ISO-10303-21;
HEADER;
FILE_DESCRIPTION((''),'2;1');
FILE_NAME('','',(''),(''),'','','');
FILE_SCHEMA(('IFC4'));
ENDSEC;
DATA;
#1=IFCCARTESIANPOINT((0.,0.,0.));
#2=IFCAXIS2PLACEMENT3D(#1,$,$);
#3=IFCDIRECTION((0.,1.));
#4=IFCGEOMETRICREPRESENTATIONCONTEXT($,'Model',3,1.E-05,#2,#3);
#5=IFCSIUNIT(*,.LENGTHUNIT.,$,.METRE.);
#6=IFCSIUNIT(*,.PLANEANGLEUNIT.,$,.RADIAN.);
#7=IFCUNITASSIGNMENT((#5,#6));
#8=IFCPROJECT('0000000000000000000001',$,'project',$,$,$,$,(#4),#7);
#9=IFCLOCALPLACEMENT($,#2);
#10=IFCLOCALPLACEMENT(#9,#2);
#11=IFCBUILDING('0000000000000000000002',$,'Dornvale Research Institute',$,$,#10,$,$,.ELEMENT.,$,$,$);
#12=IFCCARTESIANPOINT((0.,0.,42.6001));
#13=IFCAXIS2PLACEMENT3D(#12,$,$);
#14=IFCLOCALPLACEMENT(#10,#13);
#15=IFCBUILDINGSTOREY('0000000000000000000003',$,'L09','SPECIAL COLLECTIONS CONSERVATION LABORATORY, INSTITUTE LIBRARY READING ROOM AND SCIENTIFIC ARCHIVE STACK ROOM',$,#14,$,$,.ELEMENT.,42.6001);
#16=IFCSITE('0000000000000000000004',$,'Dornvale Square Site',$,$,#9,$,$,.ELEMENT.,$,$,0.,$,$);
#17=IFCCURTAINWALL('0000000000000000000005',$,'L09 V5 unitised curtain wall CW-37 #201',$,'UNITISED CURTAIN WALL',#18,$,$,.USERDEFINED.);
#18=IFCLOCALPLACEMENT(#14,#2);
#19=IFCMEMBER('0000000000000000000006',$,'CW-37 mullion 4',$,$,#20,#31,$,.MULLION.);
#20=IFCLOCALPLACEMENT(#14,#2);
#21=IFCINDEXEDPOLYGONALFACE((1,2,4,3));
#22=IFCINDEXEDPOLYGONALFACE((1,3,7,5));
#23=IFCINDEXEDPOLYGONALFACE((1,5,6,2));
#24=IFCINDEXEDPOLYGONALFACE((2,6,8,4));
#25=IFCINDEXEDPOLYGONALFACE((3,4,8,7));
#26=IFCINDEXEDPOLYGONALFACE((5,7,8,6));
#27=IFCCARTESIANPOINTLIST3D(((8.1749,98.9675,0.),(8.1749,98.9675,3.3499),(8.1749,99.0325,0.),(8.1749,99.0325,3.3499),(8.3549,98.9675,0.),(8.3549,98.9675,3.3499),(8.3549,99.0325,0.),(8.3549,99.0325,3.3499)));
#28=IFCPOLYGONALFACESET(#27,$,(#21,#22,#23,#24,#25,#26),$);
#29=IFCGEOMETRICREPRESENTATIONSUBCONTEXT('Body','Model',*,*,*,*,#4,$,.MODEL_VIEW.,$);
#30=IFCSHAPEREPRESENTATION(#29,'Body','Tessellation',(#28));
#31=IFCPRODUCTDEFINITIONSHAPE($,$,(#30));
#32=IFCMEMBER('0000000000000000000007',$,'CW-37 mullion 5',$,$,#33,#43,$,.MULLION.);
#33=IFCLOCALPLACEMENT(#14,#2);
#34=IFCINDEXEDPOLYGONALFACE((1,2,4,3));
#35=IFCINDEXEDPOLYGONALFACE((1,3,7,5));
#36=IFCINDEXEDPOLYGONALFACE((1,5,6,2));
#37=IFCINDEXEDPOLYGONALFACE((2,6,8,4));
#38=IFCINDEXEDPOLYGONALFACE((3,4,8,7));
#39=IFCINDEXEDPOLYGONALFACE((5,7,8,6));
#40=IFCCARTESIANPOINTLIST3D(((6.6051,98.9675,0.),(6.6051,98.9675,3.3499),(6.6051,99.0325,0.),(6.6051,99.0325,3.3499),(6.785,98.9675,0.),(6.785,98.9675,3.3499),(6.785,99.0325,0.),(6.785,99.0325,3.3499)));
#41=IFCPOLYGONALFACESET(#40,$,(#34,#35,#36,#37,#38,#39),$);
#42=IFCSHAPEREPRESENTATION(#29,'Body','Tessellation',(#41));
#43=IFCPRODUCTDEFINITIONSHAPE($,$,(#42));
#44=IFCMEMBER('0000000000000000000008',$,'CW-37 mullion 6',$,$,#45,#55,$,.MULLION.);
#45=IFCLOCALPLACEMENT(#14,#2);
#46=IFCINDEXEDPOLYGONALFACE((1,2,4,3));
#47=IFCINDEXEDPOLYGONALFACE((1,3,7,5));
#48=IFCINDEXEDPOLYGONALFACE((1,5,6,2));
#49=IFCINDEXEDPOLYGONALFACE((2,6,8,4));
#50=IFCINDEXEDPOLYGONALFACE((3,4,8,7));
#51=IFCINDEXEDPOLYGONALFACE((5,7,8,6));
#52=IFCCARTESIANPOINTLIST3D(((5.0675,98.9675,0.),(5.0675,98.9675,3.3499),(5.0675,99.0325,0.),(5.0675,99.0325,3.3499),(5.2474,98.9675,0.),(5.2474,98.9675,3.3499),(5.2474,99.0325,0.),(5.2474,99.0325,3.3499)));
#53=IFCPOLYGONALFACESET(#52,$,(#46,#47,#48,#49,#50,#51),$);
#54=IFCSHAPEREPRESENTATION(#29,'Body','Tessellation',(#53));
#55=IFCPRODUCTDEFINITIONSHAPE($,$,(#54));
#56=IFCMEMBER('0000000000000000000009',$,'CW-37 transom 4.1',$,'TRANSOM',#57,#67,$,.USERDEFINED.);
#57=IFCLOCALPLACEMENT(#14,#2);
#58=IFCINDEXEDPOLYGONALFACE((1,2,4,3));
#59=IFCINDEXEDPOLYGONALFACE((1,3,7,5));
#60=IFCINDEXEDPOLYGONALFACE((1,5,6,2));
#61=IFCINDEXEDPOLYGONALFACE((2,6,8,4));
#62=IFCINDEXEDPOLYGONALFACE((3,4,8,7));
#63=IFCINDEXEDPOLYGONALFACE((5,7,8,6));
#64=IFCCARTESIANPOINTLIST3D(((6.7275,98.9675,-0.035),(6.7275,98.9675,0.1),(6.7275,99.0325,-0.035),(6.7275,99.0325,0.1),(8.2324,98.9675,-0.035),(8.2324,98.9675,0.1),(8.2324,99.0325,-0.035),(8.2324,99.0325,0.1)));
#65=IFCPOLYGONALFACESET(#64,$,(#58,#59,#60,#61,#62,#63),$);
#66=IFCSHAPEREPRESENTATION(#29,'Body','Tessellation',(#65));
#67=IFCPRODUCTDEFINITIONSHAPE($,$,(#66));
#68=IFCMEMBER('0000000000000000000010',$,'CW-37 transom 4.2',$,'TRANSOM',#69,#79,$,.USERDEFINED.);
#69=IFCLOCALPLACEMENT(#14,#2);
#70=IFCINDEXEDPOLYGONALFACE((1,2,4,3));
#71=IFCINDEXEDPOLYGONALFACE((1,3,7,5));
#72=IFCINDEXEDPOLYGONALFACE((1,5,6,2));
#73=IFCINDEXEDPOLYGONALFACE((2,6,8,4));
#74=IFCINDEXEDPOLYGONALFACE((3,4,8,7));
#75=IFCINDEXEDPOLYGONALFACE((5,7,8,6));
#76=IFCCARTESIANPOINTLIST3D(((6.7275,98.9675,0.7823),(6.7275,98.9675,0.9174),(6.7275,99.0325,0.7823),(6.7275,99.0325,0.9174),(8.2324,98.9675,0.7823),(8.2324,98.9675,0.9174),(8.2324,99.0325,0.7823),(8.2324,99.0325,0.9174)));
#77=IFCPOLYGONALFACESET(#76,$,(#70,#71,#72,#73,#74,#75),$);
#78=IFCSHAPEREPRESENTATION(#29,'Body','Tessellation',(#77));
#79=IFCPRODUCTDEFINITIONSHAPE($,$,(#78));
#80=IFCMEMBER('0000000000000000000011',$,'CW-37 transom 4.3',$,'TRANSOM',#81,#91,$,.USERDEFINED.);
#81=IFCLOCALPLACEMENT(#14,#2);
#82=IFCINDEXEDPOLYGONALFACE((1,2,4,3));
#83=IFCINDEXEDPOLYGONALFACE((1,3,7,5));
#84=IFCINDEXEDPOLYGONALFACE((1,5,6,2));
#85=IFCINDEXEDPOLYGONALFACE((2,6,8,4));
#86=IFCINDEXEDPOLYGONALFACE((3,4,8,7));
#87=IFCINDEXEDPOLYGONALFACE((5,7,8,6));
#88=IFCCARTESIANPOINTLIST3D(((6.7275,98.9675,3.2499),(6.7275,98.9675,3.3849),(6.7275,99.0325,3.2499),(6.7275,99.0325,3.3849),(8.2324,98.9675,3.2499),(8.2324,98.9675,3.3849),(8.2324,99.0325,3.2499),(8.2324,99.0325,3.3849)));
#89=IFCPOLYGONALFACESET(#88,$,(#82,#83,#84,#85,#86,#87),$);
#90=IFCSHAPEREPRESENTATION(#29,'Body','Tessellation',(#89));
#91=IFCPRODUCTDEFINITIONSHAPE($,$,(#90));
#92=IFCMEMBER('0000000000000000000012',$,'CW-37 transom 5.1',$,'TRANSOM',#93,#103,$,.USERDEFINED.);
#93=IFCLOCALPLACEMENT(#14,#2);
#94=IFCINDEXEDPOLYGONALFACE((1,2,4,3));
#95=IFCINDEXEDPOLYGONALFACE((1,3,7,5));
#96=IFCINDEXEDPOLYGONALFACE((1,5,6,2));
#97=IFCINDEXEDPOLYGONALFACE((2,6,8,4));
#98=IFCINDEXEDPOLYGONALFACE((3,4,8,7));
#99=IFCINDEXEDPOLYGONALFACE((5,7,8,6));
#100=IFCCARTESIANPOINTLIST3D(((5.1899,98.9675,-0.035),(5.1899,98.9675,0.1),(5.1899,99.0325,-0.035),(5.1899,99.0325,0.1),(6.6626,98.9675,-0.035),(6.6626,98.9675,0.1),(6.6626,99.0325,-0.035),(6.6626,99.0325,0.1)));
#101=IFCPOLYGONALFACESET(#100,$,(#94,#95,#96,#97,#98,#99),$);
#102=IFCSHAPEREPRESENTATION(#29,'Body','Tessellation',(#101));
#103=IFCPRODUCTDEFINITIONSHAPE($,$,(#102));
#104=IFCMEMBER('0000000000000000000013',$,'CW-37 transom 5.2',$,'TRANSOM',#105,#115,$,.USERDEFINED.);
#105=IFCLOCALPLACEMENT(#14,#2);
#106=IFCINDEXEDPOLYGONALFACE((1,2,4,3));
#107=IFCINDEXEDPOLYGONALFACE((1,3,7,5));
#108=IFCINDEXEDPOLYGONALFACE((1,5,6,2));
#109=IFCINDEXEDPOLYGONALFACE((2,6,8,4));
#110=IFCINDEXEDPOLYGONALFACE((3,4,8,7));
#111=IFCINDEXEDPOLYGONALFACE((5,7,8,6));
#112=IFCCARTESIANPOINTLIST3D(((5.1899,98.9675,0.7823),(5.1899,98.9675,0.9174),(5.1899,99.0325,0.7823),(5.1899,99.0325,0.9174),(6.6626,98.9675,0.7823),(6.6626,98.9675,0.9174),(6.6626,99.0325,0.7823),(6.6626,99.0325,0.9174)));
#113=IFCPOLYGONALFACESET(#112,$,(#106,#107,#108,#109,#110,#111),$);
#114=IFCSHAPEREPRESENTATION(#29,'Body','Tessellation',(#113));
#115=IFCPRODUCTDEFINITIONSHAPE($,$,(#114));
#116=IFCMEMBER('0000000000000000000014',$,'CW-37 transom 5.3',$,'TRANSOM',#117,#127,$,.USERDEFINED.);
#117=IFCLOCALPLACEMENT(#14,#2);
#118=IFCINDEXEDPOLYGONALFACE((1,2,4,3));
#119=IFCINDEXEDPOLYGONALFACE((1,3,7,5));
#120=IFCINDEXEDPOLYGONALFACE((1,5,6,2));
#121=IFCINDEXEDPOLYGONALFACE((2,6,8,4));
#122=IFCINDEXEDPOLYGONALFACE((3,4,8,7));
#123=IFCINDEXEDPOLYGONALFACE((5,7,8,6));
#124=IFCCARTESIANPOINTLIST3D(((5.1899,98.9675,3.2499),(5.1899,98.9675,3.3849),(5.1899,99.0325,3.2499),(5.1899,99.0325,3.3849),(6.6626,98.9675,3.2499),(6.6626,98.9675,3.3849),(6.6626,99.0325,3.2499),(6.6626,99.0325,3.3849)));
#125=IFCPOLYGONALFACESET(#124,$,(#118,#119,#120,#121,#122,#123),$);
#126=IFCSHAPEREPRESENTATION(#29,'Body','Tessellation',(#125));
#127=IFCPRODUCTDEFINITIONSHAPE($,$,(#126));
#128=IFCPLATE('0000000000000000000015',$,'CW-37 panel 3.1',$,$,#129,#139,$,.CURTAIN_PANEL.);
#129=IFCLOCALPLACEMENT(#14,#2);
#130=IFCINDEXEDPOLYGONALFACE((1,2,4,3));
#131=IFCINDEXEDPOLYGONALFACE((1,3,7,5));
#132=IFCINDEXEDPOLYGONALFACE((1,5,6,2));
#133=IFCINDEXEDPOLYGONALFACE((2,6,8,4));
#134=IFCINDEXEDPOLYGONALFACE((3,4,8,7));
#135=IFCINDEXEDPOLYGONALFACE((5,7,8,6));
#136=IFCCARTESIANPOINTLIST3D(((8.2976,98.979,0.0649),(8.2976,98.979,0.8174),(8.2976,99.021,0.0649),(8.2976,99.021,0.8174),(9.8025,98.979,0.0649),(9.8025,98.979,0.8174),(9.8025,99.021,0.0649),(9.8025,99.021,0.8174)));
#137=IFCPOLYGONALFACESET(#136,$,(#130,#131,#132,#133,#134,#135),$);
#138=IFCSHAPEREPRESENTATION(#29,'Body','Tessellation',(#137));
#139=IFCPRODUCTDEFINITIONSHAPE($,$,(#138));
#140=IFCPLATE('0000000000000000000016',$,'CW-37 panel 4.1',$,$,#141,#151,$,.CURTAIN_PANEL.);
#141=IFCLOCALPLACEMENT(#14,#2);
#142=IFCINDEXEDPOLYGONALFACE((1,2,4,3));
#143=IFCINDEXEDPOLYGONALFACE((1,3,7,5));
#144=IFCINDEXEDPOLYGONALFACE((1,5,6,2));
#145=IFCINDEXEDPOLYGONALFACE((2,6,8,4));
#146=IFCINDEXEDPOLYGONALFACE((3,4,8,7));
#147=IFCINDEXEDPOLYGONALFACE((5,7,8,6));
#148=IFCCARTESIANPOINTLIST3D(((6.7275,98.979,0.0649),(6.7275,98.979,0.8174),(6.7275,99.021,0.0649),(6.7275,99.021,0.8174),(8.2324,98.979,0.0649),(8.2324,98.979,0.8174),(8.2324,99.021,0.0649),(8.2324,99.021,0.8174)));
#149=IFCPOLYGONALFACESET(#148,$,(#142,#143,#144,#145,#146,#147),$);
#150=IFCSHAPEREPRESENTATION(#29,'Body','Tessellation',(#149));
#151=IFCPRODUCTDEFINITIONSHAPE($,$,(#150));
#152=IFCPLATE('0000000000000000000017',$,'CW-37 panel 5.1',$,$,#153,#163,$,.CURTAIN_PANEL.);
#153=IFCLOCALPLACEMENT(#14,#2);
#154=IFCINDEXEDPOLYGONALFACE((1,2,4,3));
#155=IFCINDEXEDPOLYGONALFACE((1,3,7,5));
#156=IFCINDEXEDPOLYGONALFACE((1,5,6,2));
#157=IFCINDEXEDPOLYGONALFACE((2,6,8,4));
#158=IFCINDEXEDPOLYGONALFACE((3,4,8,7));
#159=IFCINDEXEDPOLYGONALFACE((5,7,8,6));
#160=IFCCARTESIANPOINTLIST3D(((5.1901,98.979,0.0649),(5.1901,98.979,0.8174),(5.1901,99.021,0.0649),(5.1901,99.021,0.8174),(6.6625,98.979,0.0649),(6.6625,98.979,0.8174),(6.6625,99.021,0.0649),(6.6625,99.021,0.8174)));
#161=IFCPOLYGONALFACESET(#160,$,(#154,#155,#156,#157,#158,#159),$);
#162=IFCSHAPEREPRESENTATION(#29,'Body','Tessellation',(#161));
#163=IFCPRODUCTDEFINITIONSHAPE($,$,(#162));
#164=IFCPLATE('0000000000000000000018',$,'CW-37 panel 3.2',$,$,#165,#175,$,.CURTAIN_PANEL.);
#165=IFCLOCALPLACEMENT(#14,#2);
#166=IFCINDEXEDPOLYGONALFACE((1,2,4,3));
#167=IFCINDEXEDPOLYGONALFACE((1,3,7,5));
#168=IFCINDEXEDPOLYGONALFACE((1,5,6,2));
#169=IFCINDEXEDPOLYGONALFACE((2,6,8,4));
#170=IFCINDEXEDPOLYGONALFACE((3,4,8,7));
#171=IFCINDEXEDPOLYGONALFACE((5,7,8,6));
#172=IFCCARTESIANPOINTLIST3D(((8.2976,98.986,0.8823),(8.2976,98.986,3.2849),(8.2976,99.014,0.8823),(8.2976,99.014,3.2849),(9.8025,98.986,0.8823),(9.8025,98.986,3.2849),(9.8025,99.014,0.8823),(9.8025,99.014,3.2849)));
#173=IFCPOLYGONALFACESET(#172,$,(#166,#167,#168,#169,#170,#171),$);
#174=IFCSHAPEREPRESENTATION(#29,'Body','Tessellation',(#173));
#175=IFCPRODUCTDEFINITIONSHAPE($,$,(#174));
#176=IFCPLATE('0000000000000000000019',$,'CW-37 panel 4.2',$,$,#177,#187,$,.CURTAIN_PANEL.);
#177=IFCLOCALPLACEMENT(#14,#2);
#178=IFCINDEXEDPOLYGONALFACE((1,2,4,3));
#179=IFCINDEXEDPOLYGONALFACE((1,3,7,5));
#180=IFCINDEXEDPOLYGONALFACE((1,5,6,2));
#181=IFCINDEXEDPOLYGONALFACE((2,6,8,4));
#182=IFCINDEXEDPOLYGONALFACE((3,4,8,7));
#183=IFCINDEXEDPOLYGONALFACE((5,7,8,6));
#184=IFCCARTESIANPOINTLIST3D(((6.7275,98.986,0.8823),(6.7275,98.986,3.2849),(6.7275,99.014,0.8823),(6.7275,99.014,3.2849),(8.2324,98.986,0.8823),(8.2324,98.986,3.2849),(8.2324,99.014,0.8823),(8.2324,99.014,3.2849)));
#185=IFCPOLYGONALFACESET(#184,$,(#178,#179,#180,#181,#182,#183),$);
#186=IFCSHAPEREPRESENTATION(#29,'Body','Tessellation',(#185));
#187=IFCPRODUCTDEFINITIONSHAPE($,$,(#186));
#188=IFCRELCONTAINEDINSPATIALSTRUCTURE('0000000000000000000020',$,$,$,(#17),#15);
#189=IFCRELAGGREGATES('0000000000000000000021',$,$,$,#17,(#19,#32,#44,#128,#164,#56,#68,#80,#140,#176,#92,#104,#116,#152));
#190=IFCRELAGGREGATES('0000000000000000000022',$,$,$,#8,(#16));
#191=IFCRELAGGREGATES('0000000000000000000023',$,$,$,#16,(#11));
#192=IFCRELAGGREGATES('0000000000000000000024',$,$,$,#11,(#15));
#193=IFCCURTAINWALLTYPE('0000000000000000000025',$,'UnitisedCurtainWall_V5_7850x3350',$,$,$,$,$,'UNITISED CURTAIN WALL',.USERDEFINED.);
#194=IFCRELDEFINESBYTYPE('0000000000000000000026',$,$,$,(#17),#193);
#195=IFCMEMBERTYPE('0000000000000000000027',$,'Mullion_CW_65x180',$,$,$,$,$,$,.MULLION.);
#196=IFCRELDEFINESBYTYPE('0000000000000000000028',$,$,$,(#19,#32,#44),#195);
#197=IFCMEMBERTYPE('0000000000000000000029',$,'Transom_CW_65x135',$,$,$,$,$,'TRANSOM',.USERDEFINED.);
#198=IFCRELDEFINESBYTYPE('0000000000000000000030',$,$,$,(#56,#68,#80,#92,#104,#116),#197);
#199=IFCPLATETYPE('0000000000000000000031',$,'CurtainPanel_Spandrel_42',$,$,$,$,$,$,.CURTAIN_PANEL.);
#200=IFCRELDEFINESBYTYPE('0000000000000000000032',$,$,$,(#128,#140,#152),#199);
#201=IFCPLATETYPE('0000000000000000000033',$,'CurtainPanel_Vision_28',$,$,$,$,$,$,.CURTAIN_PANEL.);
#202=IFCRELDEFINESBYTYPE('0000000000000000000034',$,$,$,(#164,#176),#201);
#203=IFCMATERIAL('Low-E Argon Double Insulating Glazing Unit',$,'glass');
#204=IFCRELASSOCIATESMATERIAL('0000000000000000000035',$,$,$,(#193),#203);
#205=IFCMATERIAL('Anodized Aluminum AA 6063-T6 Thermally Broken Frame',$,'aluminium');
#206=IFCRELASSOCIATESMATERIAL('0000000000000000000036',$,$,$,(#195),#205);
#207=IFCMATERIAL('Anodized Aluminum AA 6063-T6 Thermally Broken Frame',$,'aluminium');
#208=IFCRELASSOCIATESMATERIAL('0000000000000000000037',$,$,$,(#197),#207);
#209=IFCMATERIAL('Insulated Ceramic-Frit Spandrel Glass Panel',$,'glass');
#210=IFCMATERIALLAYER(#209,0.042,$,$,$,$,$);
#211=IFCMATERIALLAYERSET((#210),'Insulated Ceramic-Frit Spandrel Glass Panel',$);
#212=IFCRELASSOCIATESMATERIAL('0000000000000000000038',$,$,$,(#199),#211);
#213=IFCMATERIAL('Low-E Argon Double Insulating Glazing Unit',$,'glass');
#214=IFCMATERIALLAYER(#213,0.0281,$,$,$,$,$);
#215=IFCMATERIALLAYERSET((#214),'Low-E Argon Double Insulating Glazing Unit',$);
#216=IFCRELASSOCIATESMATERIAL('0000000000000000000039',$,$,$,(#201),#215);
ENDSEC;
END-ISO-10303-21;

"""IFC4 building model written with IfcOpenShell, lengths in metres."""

from ifc_helpers import new_model, si_unit, direction, frame, origin, origin_2d, place, context, subcontext, project, spatial, rectangle, extrude, material, layer, layer_set, material_profile, profile_set, type_object, element, aggregate, save


model = new_model("IFC4")

# Units and contexts
model_context = context("Model", 3, precision=1e-05, world=origin(), true_north=direction((0.0, 1.0)))
body_context = subcontext(model_context, "Body", "Model", "MODEL_VIEW")
ifc_project = project(units=[si_unit("LENGTHUNIT", "METRE"), si_unit("PLANEANGLEUNIT", "RADIAN")], contexts=[model_context])

# Site, building, storey
site_placement = place(None, origin())
site = spatial("IfcSite", under=ifc_project, at=site_placement, Name="Dornvale Square Site", CompositionType="ELEMENT", RefElevation=0.0)
building_placement = place(site_placement, origin())
building = spatial("IfcBuilding", under=site, at=building_placement, Name="Dornvale Research Institute", CompositionType="ELEMENT")
storey_placement = place(building_placement, frame((0.0, 0.0, 42.6001)))
storey = spatial("IfcBuildingStorey", under=building, at=storey_placement, Name="L09", Description="SPECIAL COLLECTIONS CONSERVATION LABORATORY, INSTITUTE LIBRARY READING ROOM AND SCIENTIFIC ARCHIVE STACK ROOM", CompositionType="ELEMENT", Elevation=42.6001)

# Curtain wall, members, plates
ifc_material_1 = material(Name="Low-E Argon Double Insulating Glazing Unit", Category="glass")
curtain_wall_type = type_object("IfcCurtainWallType", Name="UnitisedCurtainWall_V5_7850x3350", ElementType="UNITISED CURTAIN WALL", PredefinedType="USERDEFINED", material=ifc_material_1)
curtain_wall_placement = place(storey_placement, origin())
curtain_wall = element("IfcCurtainWall", 1, at=curtain_wall_placement, inside=storey, type_object=curtain_wall_type, Name="L09 V5 unitised curtain wall CW-37 #201", ObjectType="UNITISED CURTAIN WALL", PredefinedType="USERDEFINED")
ifc_material_2 = material(Name="Anodized Aluminum AA 6063-T6 Thermally Broken Frame", Category="aluminium")
ifc_material_profile_1 = material_profile(ifc_material_2, rectangle(XDim=0.0649, YDim=0.1799, at=origin_2d()), Name="ALU MULLION 65x180")
ifc_profile_set_1 = profile_set([ifc_material_profile_1], Name="Anodized Aluminum AA 6063-T6 Thermally Broken Frame")
member_type_1 = type_object("IfcMemberType", Name="Mullion_CW_65x180", PredefinedType="MULLION", material=ifc_profile_set_1)
member_1_placement = place(storey_placement, frame((8.2649, 99.0, 0.0), z_axis=(0.0, 0.0, 1.0), x_axis=(0.0, -1.0, 0.0)))
member_1 = element("IfcMember", 2, at=member_1_placement, type_object=member_type_1, Name="CW-37 mullion 4", PredefinedType="MULLION", context=body_context, shape_type="SweptSolid", body=[
    extrude(rectangle(XDim=0.0649, YDim=0.1799, at=origin_2d()), origin(), (0.0, 0.0, 1.0), 3.3499),
])
member_2_placement = place(storey_placement, frame((6.6951, 99.0, 0.0), z_axis=(0.0, 0.0, 1.0), x_axis=(0.0, -1.0, 0.0)))
member_2 = element("IfcMember", 3, at=member_2_placement, type_object=member_type_1, Name="CW-37 mullion 5", PredefinedType="MULLION", context=body_context, shape_type="SweptSolid", body=[
    extrude(rectangle(XDim=0.0649, YDim=0.1799, at=origin_2d()), origin(), (0.0, 0.0, 1.0), 3.3499),
])
member_3_placement = place(storey_placement, frame((5.1575, 99.0, 0.0), z_axis=(0.0, 0.0, 1.0), x_axis=(0.0, -1.0, 0.0)))
member_3 = element("IfcMember", 4, at=member_3_placement, type_object=member_type_1, Name="CW-37 mullion 6", PredefinedType="MULLION", context=body_context, shape_type="SweptSolid", body=[
    extrude(rectangle(XDim=0.0649, YDim=0.1799, at=origin_2d()), origin(), (0.0, 0.0, 1.0), 3.3499),
])
ifc_material_3 = material(Name="Anodized Aluminum AA 6063-T6 Thermally Broken Frame", Category="aluminium")
ifc_material_profile_2 = material_profile(ifc_material_3, rectangle(XDim=0.0649, YDim=0.135, at=origin_2d()), Name="ALU TRANSOM 65x135")
ifc_profile_set_2 = profile_set([ifc_material_profile_2], Name="Anodized Aluminum AA 6063-T6 Thermally Broken Frame")
member_type_2 = type_object("IfcMemberType", Name="Transom_CW_65x135", ElementType="TRANSOM", PredefinedType="USERDEFINED", material=ifc_profile_set_2)
member_4_placement = place(storey_placement, frame((8.2324, 99.0, 0.0325), z_axis=(-1.0, 0.0, 0.0), x_axis=(0.0, -1.0, 0.0)))
member_4 = element("IfcMember", 5, at=member_4_placement, type_object=member_type_2, Name="CW-37 transom 4.1", ObjectType="TRANSOM", PredefinedType="USERDEFINED", context=body_context, shape_type="SweptSolid", body=[
    extrude(rectangle(XDim=0.0649, YDim=0.135, at=origin_2d()), origin(), (0.0, 0.0, 1.0), 1.5049),
])
member_5_placement = place(storey_placement, frame((8.2324, 99.0, 0.8499), z_axis=(-1.0, 0.0, 0.0), x_axis=(0.0, -1.0, 0.0)))
member_5 = element("IfcMember", 6, at=member_5_placement, type_object=member_type_2, Name="CW-37 transom 4.2", ObjectType="TRANSOM", PredefinedType="USERDEFINED", context=body_context, shape_type="SweptSolid", body=[
    extrude(rectangle(XDim=0.0649, YDim=0.135, at=origin_2d()), origin(), (0.0, 0.0, 1.0), 1.5049),
])
member_6_placement = place(storey_placement, frame((8.2324, 99.0, 3.3174), z_axis=(-1.0, 0.0, 0.0), x_axis=(0.0, -1.0, 0.0)))
member_6 = element("IfcMember", 7, at=member_6_placement, type_object=member_type_2, Name="CW-37 transom 4.3", ObjectType="TRANSOM", PredefinedType="USERDEFINED", context=body_context, shape_type="SweptSolid", body=[
    extrude(rectangle(XDim=0.0649, YDim=0.135, at=origin_2d()), origin(), (0.0, 0.0, 1.0), 1.5049),
])
member_7_placement = place(storey_placement, frame((6.6626, 99.0, 0.0325), z_axis=(-1.0, 0.0, 0.0), x_axis=(0.0, -1.0, 0.0)))
member_7 = element("IfcMember", 8, at=member_7_placement, type_object=member_type_2, Name="CW-37 transom 5.1", ObjectType="TRANSOM", PredefinedType="USERDEFINED", context=body_context, shape_type="SweptSolid", body=[
    extrude(rectangle(XDim=0.0649, YDim=0.135, at=origin_2d()), origin(), (0.0, 0.0, 1.0), 1.4727),
])
member_8_placement = place(storey_placement, frame((6.6626, 99.0, 0.8499), z_axis=(-1.0, 0.0, 0.0), x_axis=(0.0, -1.0, 0.0)))
member_8 = element("IfcMember", 9, at=member_8_placement, type_object=member_type_2, Name="CW-37 transom 5.2", ObjectType="TRANSOM", PredefinedType="USERDEFINED", context=body_context, shape_type="SweptSolid", body=[
    extrude(rectangle(XDim=0.0649, YDim=0.135, at=origin_2d()), origin(), (0.0, 0.0, 1.0), 1.4727),
])
member_9_placement = place(storey_placement, frame((6.6626, 99.0, 3.3174), z_axis=(-1.0, 0.0, 0.0), x_axis=(0.0, -1.0, 0.0)))
member_9 = element("IfcMember", 10, at=member_9_placement, type_object=member_type_2, Name="CW-37 transom 5.3", ObjectType="TRANSOM", PredefinedType="USERDEFINED", context=body_context, shape_type="SweptSolid", body=[
    extrude(rectangle(XDim=0.0649, YDim=0.135, at=origin_2d()), origin(), (0.0, 0.0, 1.0), 1.4727),
])
ifc_material_4 = material(Name="Insulated Ceramic-Frit Spandrel Glass Panel", Category="glass")
ifc_layer_1 = layer(ifc_material_4, 0.042)
ifc_layer_set_1 = layer_set([ifc_layer_1], Name="Insulated Ceramic-Frit Spandrel Glass Panel")
plate_type_1 = type_object("IfcPlateType", Name="CurtainPanel_Spandrel_42", PredefinedType="CURTAIN_PANEL", material=ifc_layer_set_1)
plate_1_placement = place(storey_placement, frame((9.05, 99.0, 0.0649), z_axis=(0.0, 0.0, 1.0), x_axis=(-1.0, 0.0, 0.0)))
plate_1 = element("IfcPlate", 11, at=plate_1_placement, type_object=plate_type_1, Name="CW-37 panel 3.1", PredefinedType="CURTAIN_PANEL", context=body_context, shape_type="SweptSolid", body=[
    extrude(rectangle(XDim=1.5049, YDim=0.042, at=origin_2d()), origin(), (0.0, 0.0, 1.0), 0.7524),
])
plate_2_placement = place(storey_placement, frame((7.48, 99.0, 0.0649), z_axis=(0.0, 0.0, 1.0), x_axis=(-1.0, 0.0, 0.0)))
plate_2 = element("IfcPlate", 12, at=plate_2_placement, type_object=plate_type_1, Name="CW-37 panel 4.1", PredefinedType="CURTAIN_PANEL", context=body_context, shape_type="SweptSolid", body=[
    extrude(rectangle(XDim=1.5049, YDim=0.042, at=origin_2d()), origin(), (0.0, 0.0, 1.0), 0.7524),
])
plate_3_placement = place(storey_placement, frame((5.9263, 99.0, 0.0649), z_axis=(0.0, 0.0, 1.0), x_axis=(-1.0, 0.0, 0.0)))
plate_3 = element("IfcPlate", 13, at=plate_3_placement, type_object=plate_type_1, Name="CW-37 panel 5.1", PredefinedType="CURTAIN_PANEL", context=body_context, shape_type="SweptSolid", body=[
    extrude(rectangle(XDim=1.4724, YDim=0.042, at=origin_2d()), origin(), (0.0, 0.0, 1.0), 0.7524),
])
ifc_material_5 = material(Name="Low-E Argon Double Insulating Glazing Unit", Category="glass")
ifc_layer_2 = layer(ifc_material_5, 0.0281)
ifc_layer_set_2 = layer_set([ifc_layer_2], Name="Low-E Argon Double Insulating Glazing Unit")
plate_type_2 = type_object("IfcPlateType", Name="CurtainPanel_Vision_28", PredefinedType="CURTAIN_PANEL", material=ifc_layer_set_2)
plate_4_placement = place(storey_placement, frame((9.05, 99.0, 0.8823), z_axis=(0.0, 0.0, 1.0), x_axis=(-1.0, 0.0, 0.0)))
plate_4 = element("IfcPlate", 14, at=plate_4_placement, type_object=plate_type_2, Name="CW-37 panel 3.2", PredefinedType="CURTAIN_PANEL", context=body_context, shape_type="SweptSolid", body=[
    extrude(rectangle(XDim=1.5049, YDim=0.0281, at=origin_2d()), origin(), (0.0, 0.0, 1.0), 2.4026),
])
plate_5_placement = place(storey_placement, frame((7.48, 99.0, 0.8823), z_axis=(0.0, 0.0, 1.0), x_axis=(-1.0, 0.0, 0.0)))
plate_5 = element("IfcPlate", 15, at=plate_5_placement, type_object=plate_type_2, Name="CW-37 panel 4.2", PredefinedType="CURTAIN_PANEL", context=body_context, shape_type="SweptSolid", body=[
    extrude(rectangle(XDim=1.5049, YDim=0.0281, at=origin_2d()), origin(), (0.0, 0.0, 1.0), 2.4026),
])
aggregate(curtain_wall, [member_1, member_2, member_3, plate_1, plate_4, member_4, member_5, member_6, plate_2, plate_5, member_7, member_8, member_9, plate_3])

save(model, "model.ifc")
